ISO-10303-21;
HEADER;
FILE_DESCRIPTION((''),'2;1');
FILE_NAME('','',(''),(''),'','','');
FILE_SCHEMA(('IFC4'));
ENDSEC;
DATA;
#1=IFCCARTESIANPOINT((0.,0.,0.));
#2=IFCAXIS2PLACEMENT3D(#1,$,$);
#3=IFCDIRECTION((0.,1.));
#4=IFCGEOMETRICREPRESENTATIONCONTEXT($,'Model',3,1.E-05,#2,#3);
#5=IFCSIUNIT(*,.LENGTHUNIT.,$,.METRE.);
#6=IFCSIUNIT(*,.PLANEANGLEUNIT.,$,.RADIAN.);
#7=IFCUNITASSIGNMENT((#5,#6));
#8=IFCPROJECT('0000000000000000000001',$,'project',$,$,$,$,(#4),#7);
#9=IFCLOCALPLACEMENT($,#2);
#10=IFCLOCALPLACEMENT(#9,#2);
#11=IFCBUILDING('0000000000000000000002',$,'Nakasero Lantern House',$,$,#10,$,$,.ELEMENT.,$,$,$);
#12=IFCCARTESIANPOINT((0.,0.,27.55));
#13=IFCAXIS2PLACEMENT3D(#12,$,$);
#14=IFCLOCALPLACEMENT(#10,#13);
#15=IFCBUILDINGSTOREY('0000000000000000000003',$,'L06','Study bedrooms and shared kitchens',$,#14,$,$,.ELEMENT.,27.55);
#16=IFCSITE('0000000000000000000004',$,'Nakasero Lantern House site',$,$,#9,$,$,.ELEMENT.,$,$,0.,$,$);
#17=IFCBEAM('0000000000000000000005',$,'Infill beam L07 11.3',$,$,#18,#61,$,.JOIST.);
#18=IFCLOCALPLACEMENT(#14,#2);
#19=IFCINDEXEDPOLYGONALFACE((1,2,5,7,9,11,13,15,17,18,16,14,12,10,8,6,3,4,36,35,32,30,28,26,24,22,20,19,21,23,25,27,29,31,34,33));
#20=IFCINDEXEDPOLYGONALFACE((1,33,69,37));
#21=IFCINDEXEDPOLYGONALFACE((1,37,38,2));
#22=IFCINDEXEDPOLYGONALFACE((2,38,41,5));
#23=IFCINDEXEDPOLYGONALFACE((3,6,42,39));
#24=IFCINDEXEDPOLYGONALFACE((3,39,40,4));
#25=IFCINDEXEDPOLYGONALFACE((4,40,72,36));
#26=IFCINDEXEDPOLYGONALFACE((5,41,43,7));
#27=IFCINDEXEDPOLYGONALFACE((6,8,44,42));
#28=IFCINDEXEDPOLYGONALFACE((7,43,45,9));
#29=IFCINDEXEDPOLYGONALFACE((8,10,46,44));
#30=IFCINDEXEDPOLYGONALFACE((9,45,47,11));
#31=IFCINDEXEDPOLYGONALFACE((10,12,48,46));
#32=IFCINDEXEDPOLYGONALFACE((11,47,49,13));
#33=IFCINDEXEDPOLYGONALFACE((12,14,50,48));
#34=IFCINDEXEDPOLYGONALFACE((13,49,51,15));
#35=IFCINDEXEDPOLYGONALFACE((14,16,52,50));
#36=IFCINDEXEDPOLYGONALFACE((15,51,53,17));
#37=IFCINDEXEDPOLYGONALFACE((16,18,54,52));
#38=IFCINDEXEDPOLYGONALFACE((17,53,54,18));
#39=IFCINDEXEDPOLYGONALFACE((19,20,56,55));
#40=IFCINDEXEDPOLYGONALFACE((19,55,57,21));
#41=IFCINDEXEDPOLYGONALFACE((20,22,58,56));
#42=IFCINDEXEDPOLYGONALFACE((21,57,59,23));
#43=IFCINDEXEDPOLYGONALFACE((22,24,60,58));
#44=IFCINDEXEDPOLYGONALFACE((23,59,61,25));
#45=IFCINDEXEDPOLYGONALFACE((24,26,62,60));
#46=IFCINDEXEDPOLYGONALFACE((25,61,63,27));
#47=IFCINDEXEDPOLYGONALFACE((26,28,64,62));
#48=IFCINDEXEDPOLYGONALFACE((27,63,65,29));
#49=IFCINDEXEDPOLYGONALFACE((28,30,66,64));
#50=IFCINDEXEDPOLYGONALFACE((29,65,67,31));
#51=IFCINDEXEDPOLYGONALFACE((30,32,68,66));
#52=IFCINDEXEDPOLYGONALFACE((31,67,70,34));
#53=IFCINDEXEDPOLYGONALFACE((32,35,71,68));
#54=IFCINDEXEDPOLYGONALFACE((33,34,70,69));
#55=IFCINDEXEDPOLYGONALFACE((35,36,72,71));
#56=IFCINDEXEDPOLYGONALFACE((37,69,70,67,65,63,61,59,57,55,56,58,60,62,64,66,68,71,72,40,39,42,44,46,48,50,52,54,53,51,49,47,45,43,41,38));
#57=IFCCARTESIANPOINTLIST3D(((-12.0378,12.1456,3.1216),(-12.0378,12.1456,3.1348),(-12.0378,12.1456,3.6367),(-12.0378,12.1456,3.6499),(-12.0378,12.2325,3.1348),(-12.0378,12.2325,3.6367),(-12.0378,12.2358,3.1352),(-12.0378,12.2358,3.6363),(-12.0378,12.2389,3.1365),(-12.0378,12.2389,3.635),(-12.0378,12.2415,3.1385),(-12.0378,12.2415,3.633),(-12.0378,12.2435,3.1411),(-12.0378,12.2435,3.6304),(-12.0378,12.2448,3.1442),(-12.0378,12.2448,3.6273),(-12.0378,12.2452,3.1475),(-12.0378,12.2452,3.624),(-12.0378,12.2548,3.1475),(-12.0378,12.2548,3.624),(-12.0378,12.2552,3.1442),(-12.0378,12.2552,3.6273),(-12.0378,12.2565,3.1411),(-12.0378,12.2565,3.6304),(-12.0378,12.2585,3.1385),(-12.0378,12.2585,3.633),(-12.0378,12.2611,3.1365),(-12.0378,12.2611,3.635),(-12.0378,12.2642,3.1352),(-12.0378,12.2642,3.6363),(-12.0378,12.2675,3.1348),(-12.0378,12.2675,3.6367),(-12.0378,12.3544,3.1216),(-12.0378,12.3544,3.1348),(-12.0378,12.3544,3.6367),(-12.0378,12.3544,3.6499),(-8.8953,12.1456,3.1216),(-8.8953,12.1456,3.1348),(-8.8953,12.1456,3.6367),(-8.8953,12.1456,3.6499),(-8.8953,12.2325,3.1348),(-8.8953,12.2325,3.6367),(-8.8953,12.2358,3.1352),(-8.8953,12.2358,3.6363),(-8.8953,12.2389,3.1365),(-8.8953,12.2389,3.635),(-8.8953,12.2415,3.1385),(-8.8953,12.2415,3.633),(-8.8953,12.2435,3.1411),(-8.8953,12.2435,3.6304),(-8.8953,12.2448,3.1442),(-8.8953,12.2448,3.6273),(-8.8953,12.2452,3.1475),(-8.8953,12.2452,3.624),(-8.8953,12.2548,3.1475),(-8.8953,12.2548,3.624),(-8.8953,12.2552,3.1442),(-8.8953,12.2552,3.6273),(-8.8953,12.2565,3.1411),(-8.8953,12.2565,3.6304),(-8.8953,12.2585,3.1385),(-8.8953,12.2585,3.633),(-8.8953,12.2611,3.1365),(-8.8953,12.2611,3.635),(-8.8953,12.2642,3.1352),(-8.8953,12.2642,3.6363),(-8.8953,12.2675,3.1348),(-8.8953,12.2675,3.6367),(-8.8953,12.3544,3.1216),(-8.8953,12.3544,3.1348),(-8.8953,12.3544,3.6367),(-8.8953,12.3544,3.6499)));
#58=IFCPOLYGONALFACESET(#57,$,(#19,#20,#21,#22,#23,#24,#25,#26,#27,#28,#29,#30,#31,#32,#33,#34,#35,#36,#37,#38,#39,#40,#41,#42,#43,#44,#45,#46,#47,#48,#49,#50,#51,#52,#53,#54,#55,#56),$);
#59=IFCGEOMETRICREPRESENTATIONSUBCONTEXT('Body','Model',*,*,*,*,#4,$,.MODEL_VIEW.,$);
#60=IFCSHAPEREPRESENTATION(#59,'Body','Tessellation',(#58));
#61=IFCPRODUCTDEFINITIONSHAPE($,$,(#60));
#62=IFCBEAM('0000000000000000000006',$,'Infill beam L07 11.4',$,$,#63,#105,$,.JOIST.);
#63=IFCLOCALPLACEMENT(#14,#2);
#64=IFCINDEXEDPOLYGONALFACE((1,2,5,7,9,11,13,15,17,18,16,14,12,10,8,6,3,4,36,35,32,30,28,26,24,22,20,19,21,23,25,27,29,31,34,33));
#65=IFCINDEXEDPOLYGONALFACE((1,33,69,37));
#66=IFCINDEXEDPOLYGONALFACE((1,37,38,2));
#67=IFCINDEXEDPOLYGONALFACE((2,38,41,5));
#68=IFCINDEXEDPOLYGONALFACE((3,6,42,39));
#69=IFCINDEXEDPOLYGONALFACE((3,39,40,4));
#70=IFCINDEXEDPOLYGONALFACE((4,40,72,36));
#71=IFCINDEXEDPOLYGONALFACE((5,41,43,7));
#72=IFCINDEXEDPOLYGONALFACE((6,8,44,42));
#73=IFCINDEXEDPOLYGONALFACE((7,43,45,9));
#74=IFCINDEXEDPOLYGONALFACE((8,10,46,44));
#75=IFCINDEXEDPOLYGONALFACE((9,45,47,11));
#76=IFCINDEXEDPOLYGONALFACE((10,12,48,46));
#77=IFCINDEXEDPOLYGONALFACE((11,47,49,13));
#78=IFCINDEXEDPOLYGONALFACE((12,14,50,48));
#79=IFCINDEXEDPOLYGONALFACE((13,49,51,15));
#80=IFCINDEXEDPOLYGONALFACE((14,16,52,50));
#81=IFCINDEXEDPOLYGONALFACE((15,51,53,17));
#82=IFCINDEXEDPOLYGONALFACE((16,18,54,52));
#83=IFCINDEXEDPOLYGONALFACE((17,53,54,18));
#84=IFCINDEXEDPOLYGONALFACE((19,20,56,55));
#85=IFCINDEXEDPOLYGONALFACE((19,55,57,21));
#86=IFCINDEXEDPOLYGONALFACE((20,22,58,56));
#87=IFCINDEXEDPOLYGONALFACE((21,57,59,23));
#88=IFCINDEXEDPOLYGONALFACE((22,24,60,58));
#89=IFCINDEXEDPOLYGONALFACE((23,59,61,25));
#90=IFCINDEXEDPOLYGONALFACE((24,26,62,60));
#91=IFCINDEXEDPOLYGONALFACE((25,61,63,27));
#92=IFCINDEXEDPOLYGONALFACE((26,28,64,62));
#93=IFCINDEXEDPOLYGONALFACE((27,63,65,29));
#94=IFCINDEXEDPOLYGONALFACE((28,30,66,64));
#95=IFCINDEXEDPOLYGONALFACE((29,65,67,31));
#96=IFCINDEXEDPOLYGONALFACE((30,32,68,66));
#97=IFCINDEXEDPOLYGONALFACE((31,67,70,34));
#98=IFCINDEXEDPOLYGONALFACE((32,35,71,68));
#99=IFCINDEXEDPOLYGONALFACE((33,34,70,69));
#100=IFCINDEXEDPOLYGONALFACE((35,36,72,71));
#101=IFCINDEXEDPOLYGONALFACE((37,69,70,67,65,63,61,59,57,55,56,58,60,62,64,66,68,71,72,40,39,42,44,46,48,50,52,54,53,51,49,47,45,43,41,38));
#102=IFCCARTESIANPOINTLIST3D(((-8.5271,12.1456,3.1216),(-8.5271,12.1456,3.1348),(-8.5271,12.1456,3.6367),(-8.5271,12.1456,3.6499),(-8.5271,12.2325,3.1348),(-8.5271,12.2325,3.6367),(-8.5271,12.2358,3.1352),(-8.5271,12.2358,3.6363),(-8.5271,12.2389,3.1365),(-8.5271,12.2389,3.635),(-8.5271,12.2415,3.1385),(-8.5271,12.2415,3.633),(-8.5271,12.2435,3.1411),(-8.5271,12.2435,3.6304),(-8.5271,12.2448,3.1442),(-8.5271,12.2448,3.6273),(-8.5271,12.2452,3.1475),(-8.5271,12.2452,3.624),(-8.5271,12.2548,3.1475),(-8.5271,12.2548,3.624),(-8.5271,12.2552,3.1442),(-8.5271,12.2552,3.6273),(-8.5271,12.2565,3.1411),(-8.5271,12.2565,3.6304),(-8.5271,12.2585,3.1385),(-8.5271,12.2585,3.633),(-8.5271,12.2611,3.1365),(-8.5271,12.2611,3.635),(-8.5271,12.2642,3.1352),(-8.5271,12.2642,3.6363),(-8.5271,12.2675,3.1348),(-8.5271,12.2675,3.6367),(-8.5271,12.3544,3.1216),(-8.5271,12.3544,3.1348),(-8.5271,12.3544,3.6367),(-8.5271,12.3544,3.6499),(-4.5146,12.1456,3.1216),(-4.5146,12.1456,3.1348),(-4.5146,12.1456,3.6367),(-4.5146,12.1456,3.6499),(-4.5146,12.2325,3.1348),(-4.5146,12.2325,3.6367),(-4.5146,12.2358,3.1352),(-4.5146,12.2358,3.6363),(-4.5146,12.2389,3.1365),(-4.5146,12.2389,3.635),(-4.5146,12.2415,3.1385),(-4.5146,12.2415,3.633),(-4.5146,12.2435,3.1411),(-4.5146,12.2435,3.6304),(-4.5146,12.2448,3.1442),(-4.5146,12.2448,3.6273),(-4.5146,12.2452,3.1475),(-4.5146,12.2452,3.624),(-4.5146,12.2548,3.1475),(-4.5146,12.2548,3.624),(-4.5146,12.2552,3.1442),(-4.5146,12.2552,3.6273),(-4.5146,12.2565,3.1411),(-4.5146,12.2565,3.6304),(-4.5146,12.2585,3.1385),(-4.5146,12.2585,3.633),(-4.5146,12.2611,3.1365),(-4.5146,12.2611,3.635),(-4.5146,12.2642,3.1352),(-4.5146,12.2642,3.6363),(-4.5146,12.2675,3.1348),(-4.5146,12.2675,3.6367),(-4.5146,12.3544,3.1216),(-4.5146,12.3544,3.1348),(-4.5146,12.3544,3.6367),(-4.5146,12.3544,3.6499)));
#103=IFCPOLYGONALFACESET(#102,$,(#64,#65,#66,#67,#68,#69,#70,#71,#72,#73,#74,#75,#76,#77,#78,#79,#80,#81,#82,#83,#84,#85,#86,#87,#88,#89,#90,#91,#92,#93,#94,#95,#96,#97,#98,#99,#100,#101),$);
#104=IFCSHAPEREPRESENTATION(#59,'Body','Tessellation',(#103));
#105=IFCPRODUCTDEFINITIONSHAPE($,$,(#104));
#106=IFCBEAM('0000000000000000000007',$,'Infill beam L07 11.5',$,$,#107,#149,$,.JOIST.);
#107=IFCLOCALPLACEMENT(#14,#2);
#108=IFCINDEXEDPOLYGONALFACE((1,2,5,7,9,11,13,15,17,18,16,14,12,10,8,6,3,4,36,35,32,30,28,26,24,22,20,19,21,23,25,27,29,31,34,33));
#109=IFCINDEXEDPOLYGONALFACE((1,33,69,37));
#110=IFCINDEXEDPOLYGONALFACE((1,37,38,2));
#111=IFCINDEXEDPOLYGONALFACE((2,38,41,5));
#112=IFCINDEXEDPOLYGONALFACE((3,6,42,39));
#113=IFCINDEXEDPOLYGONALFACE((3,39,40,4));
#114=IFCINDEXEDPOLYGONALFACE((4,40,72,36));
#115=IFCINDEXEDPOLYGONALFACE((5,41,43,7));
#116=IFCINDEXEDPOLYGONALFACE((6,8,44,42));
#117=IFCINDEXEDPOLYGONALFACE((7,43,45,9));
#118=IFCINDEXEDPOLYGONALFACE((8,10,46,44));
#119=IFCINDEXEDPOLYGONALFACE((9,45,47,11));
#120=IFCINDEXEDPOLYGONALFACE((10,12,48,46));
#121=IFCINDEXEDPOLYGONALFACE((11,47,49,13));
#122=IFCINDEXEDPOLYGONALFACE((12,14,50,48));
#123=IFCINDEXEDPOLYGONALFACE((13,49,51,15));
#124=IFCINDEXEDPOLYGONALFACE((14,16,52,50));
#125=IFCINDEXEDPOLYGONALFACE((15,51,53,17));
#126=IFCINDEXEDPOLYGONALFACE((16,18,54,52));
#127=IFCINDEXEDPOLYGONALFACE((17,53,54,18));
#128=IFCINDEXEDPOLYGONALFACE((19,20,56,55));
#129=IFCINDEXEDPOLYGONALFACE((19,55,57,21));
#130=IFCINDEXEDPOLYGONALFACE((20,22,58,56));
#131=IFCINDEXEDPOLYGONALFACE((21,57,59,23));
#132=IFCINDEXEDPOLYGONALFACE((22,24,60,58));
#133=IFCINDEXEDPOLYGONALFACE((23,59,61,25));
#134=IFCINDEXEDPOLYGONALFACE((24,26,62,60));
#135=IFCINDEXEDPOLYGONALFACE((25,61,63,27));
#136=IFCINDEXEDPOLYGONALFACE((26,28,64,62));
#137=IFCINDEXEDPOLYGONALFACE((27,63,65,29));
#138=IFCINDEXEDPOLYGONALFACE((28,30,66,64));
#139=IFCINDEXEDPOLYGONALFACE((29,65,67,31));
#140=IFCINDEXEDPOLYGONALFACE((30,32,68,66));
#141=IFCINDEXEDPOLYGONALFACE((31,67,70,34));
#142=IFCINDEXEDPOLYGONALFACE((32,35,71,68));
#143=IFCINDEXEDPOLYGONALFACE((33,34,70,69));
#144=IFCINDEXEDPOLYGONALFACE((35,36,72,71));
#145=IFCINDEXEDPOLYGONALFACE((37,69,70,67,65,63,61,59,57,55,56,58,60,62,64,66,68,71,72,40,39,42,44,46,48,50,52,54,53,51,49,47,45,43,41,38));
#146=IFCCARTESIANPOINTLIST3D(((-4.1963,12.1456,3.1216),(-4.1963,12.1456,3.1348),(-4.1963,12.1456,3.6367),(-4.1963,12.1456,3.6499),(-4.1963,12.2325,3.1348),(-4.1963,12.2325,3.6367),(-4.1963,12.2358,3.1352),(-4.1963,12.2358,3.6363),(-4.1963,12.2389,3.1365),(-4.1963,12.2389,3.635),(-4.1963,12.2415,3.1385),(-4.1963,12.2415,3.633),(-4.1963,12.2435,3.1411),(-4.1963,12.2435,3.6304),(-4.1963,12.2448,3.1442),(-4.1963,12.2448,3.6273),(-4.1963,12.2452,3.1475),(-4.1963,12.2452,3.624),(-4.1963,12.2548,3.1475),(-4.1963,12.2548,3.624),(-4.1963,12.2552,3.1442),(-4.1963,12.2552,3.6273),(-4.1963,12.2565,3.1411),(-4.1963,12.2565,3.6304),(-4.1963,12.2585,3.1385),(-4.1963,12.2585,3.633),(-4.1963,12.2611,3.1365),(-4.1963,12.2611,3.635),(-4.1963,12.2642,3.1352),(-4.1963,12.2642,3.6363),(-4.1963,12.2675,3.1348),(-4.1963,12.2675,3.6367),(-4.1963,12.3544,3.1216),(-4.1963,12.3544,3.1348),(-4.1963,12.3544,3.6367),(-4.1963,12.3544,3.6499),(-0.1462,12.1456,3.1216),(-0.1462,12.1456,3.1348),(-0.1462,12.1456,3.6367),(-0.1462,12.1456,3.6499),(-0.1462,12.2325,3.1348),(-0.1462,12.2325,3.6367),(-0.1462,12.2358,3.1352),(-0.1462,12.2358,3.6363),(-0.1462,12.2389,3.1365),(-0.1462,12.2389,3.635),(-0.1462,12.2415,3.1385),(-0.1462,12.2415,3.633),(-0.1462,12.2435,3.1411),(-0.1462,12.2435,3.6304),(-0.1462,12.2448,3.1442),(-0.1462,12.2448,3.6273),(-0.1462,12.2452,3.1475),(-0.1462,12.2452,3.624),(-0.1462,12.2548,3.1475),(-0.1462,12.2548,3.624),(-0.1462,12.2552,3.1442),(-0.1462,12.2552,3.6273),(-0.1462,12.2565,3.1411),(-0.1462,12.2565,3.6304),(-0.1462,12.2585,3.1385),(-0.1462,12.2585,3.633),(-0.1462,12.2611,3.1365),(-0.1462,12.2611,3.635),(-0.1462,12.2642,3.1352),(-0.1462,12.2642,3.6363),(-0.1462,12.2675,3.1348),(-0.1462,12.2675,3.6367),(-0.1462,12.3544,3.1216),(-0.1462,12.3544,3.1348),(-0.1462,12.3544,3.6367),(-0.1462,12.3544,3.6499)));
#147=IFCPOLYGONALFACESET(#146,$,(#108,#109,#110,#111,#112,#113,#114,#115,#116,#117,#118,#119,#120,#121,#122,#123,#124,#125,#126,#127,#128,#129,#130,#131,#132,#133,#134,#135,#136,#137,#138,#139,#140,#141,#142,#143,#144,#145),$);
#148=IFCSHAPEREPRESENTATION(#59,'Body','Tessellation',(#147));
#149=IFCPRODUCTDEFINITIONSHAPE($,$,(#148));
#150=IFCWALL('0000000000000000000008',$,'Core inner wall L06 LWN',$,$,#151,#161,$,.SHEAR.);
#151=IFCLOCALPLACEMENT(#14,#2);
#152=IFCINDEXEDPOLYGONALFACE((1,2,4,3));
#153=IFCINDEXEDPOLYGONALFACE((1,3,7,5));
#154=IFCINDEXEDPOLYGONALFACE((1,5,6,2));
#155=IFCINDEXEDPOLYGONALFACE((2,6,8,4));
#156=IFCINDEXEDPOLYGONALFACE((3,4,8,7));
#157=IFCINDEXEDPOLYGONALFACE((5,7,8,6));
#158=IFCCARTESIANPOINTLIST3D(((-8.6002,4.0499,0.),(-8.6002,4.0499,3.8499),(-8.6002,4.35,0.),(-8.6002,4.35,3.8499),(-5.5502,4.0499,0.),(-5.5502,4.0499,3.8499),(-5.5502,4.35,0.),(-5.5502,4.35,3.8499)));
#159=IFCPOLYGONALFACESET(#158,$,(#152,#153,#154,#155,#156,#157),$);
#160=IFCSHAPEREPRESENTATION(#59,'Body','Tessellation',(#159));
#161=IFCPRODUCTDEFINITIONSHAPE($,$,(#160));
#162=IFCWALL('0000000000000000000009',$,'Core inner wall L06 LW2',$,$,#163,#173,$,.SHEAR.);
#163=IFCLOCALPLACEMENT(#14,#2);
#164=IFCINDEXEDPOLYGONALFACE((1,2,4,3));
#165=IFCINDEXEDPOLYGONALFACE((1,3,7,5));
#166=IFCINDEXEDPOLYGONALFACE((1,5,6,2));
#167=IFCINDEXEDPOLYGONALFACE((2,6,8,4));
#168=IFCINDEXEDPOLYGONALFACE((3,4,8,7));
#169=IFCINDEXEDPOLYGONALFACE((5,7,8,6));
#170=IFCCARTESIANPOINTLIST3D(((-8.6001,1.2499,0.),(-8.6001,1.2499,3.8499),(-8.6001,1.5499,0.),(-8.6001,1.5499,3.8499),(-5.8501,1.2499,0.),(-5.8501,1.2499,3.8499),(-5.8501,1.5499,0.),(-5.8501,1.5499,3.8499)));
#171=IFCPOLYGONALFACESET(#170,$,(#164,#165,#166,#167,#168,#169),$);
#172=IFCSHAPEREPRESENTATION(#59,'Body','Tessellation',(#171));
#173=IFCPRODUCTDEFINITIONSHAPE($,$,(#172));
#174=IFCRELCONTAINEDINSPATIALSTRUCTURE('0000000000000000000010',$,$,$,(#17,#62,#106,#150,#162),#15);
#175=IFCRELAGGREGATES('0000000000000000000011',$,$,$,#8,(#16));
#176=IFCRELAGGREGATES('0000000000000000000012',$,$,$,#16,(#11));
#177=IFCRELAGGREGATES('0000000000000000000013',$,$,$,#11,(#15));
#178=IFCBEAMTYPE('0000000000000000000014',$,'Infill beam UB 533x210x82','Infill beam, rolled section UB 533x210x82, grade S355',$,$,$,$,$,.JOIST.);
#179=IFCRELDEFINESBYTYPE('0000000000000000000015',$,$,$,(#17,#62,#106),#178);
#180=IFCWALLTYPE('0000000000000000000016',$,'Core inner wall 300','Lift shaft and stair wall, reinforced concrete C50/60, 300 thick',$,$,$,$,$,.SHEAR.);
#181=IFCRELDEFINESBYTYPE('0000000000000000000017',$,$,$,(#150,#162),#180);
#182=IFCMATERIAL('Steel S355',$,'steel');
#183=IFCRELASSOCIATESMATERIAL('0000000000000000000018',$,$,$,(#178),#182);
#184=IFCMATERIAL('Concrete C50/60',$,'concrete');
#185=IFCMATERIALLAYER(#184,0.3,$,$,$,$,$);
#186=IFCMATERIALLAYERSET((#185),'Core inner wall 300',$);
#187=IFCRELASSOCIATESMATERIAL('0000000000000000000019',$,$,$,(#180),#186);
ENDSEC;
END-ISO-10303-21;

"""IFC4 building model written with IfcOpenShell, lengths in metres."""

from ifc_helpers import new_model, si_unit, direction, frame, frame_2d, origin, origin_2d, place, context, subcontext, project, spatial, rectangle, i_section, extrude, material, layer, layer_set, material_profile, profile_set, type_object, element, save


model = new_model("IFC4")

# Units and contexts
model_context = context("Model", 3, precision=1e-05, world=origin(), true_north=direction((0.0, 1.0)))
body_context = subcontext(model_context, "Body", "Model", "MODEL_VIEW")
ifc_project = project(units=[si_unit("LENGTHUNIT", "METRE"), si_unit("PLANEANGLEUNIT", "RADIAN")], contexts=[model_context])

# Site, building, storey
site_placement = place(None, origin())
site = spatial("IfcSite", under=ifc_project, at=site_placement, Name="Nakasero Lantern House site", CompositionType="ELEMENT", RefElevation=0.0)
building_placement = place(site_placement, origin())
building = spatial("IfcBuilding", under=site, at=building_placement, Name="Nakasero Lantern House", CompositionType="ELEMENT")
storey_placement = place(building_placement, frame((0.0, 0.0, 27.55)))
storey = spatial("IfcBuildingStorey", under=building, at=storey_placement, Name="L06", Description="Study bedrooms and shared kitchens", CompositionType="ELEMENT", Elevation=27.55)

# Beams
ifc_material_1 = material(Name="Steel S355", Category="steel")
ifc_material_profile_1 = material_profile(ifc_material_1, i_section(OverallWidth=0.2087, OverallDepth=0.5283, WebThickness=0.0095, FlangeThickness=0.0132, FilletRadius=0.0127, at=origin_2d()), Name="UB 533x210x82")
ifc_profile_set_1 = profile_set([ifc_material_profile_1], Name="Steel S355")
beam_type_1 = type_object("IfcBeamType", Name="Infill beam UB 533x210x82", Description="Infill beam, rolled section UB 533x210x82, grade S355", PredefinedType="JOIST", material=ifc_profile_set_1)
beam_1_placement = place(storey_placement, frame((-12.0378, 12.25, 3.3857), z_axis=(1.0, 0.0, 0.0), x_axis=(0.0, 1.0, 0.0)))
element("IfcBeam", 1, at=beam_1_placement, inside=storey, type_object=beam_type_1, Name="Infill beam L07 11.3", PredefinedType="JOIST", context=body_context, shape_type="SweptSolid", body=[
    extrude(i_section(OverallWidth=0.2087, OverallDepth=0.5283, WebThickness=0.0095, FlangeThickness=0.0132, FilletRadius=0.0127, at=origin_2d()), origin(), (0.0, 0.0, 1.0), 3.1426),
])
beam_2_placement = place(storey_placement, frame((-8.5271, 12.25, 3.3857), z_axis=(1.0, 0.0, 0.0), x_axis=(0.0, 1.0, 0.0)))
element("IfcBeam", 2, at=beam_2_placement, inside=storey, type_object=beam_type_1, Name="Infill beam L07 11.4", PredefinedType="JOIST", context=body_context, shape_type="SweptSolid", body=[
    extrude(i_section(OverallWidth=0.2087, OverallDepth=0.5283, WebThickness=0.0095, FlangeThickness=0.0132, FilletRadius=0.0127, at=origin_2d()), origin(), (0.0, 0.0, 1.0), 4.0125),
])
beam_3_placement = place(storey_placement, frame((-4.1963, 12.25, 3.3857), z_axis=(1.0, 0.0, 0.0), x_axis=(0.0, 1.0, 0.0)))
element("IfcBeam", 3, at=beam_3_placement, inside=storey, type_object=beam_type_1, Name="Infill beam L07 11.5", PredefinedType="JOIST", context=body_context, shape_type="SweptSolid", body=[
    extrude(i_section(OverallWidth=0.2087, OverallDepth=0.5283, WebThickness=0.0095, FlangeThickness=0.0132, FilletRadius=0.0127, at=origin_2d()), origin(), (0.0, 0.0, 1.0), 4.05),
])

# Walls
ifc_material_2 = material(Name="Concrete C50/60", Category="concrete")
ifc_layer_1 = layer(ifc_material_2, 0.3)
ifc_layer_set_1 = layer_set([ifc_layer_1], Name="Core inner wall 300")
wall_type_1 = type_object("IfcWallType", Name="Core inner wall 300", Description="Lift shaft and stair wall, reinforced concrete C50/60, 300 thick", PredefinedType="SHEAR", material=ifc_layer_set_1)
wall_1_placement = place(storey_placement, frame((-8.6001, 4.2, 0.0), z_axis=(0.0, 0.0, 1.0), x_axis=(1.0, 0.0, 0.0)))
element("IfcWall", 4, at=wall_1_placement, inside=storey, type_object=wall_type_1, Name="Core inner wall L06 LWN", PredefinedType="SHEAR", context=body_context, shape_type="SweptSolid", body=[
    extrude(rectangle(XDim=3.05, YDim=0.3, at=frame_2d((1.5249, 0.0))), origin(), (0.0, 0.0, 1.0), 3.8499),
])
wall_2_placement = place(storey_placement, frame((-8.6001, 1.3999, 0.0), z_axis=(0.0, 0.0, 1.0), x_axis=(1.0, 0.0, 0.0)))
element("IfcWall", 5, at=wall_2_placement, inside=storey, type_object=wall_type_1, Name="Core inner wall L06 LW2", PredefinedType="SHEAR", context=body_context, shape_type="SweptSolid", body=[
    extrude(rectangle(XDim=2.75, YDim=0.3, at=frame_2d((1.375, 0.0))), origin(), (0.0, 0.0, 1.0), 3.8499),
])

save(model, "model.ifc")
